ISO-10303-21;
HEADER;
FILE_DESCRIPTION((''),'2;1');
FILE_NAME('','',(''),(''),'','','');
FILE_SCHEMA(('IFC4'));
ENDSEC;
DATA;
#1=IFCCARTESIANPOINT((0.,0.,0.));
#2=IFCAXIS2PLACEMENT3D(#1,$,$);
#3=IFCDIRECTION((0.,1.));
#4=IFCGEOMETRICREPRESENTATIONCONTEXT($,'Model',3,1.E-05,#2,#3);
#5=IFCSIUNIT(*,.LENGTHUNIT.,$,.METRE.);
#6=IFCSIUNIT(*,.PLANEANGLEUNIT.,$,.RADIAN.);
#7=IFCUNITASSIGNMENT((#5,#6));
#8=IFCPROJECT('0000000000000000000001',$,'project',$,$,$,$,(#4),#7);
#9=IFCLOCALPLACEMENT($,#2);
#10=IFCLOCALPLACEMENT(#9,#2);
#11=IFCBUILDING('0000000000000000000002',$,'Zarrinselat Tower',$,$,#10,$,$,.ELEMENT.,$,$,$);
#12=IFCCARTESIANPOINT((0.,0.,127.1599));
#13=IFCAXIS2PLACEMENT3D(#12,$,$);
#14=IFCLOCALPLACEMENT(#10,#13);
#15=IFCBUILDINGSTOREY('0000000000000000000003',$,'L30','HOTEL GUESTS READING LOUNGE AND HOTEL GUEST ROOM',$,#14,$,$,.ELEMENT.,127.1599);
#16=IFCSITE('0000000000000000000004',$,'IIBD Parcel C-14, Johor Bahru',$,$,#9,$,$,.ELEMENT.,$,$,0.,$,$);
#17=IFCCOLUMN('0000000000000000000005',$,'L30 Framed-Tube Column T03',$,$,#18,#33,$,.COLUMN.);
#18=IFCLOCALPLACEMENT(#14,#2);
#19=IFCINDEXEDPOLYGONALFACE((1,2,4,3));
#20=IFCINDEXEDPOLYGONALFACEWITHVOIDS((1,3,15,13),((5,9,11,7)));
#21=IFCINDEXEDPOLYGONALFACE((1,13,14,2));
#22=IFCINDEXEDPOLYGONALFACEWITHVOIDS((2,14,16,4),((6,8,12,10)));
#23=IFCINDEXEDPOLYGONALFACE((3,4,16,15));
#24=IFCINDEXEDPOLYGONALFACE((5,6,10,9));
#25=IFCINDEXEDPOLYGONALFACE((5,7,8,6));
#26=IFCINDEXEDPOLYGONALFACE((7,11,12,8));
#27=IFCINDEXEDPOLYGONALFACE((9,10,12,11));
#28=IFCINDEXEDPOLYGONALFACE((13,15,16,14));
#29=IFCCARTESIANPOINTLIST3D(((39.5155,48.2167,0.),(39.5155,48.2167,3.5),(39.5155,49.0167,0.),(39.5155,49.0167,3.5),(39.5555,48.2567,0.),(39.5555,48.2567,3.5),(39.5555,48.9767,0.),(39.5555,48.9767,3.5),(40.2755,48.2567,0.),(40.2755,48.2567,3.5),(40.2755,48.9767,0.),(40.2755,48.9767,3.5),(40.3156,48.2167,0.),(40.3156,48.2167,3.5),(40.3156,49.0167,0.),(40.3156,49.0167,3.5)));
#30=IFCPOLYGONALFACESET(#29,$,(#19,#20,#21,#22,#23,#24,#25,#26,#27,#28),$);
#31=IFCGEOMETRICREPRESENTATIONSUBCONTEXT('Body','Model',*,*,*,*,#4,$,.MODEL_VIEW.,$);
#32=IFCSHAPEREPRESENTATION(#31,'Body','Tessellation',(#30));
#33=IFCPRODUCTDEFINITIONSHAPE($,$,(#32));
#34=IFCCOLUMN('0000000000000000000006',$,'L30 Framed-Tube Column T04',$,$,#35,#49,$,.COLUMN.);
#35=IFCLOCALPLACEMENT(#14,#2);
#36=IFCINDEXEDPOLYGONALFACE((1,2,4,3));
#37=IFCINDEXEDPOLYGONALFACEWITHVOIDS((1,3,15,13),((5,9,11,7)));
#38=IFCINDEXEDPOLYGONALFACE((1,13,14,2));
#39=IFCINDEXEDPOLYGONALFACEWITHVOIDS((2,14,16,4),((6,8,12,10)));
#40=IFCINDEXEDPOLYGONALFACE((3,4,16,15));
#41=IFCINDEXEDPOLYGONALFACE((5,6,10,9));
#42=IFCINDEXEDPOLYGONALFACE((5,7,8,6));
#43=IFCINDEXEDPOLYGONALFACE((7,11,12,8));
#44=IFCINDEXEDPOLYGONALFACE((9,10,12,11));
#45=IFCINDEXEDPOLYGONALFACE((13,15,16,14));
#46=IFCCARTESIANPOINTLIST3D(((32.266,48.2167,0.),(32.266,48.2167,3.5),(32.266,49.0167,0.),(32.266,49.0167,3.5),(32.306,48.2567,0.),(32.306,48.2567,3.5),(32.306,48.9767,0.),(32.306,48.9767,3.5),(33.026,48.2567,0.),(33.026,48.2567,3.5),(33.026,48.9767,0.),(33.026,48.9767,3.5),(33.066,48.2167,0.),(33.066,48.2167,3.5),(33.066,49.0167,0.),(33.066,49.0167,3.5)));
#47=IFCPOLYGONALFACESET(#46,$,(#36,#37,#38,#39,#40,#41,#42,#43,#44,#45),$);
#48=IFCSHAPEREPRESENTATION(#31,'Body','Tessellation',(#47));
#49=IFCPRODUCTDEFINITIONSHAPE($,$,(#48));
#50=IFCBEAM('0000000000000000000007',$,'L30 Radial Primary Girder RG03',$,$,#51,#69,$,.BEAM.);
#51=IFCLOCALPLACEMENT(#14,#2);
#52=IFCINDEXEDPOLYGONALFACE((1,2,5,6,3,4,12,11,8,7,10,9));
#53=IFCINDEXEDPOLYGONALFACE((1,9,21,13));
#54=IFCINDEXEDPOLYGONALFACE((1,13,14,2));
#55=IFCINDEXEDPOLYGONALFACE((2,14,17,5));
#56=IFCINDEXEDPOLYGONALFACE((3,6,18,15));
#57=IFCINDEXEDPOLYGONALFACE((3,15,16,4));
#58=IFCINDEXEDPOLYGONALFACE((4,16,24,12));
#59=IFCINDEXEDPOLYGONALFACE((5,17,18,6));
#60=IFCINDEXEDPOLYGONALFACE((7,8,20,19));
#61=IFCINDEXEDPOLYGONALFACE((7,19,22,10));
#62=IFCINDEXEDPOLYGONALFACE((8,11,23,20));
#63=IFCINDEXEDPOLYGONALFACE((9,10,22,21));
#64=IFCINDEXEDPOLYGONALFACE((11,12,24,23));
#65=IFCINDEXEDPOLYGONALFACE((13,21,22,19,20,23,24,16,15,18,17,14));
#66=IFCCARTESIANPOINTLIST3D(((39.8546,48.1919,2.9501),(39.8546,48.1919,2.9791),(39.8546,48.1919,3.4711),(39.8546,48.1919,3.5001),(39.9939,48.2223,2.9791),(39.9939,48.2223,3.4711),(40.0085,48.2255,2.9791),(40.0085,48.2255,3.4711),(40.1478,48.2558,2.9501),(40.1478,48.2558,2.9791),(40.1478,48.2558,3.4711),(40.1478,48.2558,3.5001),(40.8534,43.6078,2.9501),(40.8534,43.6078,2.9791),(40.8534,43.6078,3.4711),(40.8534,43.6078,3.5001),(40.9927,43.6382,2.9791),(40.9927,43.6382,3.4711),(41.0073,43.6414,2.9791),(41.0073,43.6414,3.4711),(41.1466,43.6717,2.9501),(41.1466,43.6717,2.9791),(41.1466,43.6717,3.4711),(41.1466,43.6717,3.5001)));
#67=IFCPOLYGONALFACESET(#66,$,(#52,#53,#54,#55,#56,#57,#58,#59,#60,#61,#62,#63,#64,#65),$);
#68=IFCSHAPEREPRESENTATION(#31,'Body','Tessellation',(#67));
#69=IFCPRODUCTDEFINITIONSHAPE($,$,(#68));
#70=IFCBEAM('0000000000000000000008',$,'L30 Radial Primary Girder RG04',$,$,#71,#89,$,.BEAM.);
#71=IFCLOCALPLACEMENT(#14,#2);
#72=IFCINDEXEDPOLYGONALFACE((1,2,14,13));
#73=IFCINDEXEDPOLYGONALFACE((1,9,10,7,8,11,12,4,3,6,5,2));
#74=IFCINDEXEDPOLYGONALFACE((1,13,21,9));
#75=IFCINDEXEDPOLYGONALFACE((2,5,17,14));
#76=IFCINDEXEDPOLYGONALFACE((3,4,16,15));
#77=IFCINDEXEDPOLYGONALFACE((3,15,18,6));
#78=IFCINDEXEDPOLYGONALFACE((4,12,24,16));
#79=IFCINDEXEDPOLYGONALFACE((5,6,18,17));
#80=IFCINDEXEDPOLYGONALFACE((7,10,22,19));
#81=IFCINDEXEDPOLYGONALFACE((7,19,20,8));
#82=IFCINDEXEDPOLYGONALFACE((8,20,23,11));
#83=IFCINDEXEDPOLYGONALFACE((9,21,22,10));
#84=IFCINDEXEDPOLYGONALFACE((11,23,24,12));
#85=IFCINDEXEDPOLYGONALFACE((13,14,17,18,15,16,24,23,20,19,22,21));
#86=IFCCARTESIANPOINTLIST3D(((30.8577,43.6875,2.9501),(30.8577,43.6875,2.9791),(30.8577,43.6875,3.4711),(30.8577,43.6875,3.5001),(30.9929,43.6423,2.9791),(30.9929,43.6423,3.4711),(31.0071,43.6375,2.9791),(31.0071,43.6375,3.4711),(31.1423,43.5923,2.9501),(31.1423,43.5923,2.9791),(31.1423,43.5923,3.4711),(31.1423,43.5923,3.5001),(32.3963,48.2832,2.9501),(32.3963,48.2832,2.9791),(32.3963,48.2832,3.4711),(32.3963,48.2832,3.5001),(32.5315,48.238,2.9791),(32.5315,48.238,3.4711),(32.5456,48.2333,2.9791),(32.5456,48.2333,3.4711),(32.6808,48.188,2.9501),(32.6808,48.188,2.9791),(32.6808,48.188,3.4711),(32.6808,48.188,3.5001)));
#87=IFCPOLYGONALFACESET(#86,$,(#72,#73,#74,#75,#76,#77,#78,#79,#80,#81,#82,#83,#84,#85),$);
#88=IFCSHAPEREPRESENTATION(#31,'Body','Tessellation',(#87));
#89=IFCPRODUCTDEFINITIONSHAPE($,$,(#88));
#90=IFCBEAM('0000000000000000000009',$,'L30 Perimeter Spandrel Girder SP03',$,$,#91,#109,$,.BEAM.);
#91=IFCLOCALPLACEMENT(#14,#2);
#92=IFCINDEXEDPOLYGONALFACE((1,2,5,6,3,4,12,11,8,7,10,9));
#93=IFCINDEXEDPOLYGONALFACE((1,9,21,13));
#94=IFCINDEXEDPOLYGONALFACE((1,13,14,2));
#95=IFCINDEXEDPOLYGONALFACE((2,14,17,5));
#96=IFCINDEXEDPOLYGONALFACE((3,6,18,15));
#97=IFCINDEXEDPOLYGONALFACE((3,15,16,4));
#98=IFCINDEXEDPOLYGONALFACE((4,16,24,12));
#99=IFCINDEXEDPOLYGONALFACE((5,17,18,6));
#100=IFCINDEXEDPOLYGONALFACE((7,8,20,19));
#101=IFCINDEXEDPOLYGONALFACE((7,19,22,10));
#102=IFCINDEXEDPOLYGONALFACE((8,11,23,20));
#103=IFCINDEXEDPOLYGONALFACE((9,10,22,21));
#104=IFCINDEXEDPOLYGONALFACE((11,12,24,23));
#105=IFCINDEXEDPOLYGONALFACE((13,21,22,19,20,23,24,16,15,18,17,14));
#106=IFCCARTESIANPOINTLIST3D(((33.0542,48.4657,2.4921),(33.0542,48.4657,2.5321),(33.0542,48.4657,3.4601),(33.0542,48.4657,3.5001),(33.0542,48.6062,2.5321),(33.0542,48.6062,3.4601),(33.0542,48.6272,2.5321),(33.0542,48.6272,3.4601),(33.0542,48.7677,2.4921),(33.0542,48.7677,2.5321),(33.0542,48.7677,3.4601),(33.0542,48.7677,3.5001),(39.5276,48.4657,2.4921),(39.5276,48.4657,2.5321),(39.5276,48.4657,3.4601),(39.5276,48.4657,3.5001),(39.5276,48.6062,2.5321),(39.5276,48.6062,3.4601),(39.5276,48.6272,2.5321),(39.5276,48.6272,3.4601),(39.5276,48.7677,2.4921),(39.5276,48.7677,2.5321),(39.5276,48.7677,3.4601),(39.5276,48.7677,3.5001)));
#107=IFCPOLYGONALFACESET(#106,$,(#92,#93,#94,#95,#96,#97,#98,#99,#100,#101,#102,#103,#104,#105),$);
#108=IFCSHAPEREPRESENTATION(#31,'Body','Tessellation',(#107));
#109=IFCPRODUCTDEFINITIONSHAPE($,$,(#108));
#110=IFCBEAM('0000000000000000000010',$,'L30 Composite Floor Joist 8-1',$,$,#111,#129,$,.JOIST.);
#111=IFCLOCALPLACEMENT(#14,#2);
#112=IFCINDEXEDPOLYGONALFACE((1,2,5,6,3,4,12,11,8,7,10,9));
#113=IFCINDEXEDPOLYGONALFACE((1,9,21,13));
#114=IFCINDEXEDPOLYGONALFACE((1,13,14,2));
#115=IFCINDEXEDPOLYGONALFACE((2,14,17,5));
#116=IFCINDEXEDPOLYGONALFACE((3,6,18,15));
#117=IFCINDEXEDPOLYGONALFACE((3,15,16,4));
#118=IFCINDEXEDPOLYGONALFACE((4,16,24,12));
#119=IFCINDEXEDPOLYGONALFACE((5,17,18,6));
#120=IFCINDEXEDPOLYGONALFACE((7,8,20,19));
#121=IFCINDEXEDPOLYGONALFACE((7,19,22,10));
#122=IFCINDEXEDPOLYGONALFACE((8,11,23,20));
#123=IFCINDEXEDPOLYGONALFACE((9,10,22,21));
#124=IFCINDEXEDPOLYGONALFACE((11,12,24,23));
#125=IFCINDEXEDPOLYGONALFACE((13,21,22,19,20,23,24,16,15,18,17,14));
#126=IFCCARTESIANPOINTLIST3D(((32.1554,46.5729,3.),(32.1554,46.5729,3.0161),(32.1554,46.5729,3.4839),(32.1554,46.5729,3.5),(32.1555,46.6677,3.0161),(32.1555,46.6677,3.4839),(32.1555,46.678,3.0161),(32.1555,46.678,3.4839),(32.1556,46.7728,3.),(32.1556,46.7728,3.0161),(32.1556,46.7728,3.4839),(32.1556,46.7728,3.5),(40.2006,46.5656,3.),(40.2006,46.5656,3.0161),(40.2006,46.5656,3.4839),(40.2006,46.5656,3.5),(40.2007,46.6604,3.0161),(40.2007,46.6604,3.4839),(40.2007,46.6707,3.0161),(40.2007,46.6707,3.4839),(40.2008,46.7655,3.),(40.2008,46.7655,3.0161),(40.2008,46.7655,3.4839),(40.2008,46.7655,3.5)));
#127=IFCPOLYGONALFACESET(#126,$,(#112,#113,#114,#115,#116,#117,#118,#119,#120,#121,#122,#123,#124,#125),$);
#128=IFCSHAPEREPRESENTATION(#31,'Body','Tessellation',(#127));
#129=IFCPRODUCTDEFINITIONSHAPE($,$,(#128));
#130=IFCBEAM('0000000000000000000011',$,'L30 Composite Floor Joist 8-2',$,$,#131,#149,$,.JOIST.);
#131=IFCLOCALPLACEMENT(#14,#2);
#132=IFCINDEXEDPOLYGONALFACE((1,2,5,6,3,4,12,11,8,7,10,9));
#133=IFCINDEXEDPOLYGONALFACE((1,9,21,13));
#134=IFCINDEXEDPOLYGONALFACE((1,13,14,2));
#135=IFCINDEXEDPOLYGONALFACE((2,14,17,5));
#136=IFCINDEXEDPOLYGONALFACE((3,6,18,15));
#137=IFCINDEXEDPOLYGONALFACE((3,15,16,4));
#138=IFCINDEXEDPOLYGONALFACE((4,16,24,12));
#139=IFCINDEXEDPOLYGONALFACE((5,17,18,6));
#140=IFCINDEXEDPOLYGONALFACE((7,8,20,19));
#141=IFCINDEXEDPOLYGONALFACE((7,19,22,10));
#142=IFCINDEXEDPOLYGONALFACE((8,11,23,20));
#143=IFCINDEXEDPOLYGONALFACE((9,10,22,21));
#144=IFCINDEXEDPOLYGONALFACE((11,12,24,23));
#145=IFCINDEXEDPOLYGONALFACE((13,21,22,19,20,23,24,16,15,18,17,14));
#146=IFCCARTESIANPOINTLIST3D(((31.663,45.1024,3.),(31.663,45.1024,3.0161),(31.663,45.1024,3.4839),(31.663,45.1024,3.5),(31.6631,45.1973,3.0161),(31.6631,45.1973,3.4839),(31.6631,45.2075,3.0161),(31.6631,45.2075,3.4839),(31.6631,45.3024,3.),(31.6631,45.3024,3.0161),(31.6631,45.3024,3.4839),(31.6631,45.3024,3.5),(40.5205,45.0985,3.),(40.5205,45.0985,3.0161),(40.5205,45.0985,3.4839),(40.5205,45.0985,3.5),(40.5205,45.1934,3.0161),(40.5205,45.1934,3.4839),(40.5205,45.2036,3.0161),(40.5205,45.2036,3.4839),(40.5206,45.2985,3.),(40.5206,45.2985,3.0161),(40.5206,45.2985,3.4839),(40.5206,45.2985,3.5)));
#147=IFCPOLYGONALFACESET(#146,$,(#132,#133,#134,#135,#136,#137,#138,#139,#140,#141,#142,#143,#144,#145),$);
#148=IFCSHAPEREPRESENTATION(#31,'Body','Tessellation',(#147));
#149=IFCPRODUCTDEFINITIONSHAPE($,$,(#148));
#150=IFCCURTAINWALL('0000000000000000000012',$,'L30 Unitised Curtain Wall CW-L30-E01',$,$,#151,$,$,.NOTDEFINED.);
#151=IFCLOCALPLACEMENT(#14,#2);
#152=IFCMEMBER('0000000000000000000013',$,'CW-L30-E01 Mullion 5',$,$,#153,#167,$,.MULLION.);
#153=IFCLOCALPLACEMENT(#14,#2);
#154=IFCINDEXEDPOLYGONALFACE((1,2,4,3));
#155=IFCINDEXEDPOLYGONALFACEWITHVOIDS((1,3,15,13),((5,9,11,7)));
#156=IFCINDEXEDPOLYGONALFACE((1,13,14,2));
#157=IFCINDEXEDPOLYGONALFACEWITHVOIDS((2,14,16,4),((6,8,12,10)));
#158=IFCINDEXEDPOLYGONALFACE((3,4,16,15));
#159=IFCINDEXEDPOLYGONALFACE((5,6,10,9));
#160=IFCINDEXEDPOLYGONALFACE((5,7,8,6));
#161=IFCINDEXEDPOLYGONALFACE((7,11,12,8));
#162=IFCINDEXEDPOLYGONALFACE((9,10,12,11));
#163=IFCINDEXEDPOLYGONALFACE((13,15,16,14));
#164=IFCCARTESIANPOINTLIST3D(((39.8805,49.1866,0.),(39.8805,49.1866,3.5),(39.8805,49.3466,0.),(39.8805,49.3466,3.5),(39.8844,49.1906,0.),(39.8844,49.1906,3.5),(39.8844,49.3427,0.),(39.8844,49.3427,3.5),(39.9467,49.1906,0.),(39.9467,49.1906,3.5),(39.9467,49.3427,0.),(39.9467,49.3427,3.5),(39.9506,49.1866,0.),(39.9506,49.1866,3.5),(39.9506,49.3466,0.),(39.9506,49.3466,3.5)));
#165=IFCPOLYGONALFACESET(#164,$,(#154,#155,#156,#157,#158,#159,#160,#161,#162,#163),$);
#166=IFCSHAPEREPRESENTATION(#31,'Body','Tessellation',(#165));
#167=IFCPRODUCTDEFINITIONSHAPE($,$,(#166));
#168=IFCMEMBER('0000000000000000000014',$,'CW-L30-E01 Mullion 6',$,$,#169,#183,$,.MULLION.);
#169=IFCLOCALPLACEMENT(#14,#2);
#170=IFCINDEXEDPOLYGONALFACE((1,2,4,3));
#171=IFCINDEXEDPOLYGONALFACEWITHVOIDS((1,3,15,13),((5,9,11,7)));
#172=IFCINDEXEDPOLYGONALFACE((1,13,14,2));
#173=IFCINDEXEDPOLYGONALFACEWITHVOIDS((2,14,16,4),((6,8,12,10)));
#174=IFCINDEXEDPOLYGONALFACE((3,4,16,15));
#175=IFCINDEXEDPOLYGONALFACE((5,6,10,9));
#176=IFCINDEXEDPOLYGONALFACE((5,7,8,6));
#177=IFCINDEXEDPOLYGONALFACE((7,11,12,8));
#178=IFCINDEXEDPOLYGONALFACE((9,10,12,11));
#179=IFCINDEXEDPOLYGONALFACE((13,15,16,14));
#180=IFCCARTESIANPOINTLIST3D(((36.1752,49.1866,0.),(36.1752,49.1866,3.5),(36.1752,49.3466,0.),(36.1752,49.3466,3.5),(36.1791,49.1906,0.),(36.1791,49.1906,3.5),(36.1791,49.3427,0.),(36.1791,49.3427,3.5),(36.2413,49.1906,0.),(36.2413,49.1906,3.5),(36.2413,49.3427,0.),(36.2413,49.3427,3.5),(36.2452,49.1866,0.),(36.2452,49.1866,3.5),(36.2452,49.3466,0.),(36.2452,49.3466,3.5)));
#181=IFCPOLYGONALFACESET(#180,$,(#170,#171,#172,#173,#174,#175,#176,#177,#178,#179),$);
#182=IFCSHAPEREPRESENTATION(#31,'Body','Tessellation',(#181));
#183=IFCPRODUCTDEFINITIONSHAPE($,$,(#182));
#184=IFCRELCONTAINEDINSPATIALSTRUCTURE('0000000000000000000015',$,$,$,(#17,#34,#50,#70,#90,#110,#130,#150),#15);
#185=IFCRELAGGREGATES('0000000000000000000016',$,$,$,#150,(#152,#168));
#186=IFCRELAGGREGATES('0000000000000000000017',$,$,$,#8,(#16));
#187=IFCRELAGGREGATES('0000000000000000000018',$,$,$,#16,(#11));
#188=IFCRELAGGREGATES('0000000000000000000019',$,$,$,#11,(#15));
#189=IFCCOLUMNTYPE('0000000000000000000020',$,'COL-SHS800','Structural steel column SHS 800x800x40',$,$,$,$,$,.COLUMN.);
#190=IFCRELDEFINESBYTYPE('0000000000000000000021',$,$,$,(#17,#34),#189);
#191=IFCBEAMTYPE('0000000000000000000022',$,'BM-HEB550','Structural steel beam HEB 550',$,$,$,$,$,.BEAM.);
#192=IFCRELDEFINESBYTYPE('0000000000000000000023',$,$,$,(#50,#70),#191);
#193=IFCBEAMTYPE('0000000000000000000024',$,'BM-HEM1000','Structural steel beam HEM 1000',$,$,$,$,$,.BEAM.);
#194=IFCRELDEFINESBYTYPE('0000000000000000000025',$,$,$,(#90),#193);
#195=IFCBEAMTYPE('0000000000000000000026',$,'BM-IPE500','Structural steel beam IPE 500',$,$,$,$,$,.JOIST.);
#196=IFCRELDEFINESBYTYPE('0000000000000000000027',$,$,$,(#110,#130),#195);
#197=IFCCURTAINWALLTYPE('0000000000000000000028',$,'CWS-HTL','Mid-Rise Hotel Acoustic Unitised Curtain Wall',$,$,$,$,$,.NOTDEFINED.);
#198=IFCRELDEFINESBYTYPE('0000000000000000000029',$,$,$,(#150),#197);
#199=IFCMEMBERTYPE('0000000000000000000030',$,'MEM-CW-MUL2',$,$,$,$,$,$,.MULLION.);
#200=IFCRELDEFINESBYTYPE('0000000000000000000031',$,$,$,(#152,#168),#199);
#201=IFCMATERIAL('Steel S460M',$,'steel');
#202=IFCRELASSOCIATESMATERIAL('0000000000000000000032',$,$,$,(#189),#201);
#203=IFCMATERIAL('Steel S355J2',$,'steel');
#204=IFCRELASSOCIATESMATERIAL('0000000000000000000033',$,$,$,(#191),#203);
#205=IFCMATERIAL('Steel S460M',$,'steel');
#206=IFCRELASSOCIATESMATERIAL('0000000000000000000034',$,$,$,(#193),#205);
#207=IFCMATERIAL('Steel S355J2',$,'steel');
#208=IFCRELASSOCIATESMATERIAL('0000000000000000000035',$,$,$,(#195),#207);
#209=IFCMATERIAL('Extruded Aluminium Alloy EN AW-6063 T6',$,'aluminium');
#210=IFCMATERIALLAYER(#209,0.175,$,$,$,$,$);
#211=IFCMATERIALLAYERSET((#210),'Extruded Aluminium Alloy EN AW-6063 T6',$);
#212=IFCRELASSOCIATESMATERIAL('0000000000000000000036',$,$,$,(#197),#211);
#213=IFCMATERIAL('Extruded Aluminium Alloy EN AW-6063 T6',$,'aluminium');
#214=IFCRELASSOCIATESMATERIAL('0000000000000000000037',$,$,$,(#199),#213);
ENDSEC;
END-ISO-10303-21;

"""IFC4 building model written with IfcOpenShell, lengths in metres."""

from ifc_helpers import new_model, si_unit, direction, frame, origin, origin_2d, place, context, subcontext, project, spatial, hollow_rectangle, i_section, extrude, material, layer, layer_set, material_profile, profile_set, type_object, element, aggregate, save


model = new_model("IFC4")

# Units and contexts
model_context = context("Model", 3, precision=1e-05, world=origin(), true_north=direction((0.0, 1.0)))
body_context = subcontext(model_context, "Body", "Model", "MODEL_VIEW")
ifc_project = project(units=[si_unit("LENGTHUNIT", "METRE"), si_unit("PLANEANGLEUNIT", "RADIAN")], contexts=[model_context])

# Site, building, storey
site_placement = place(None, origin())
site = spatial("IfcSite", under=ifc_project, at=site_placement, Name="IIBD Parcel C-14, Johor Bahru", CompositionType="ELEMENT", RefElevation=0.0)
building_placement = place(site_placement, origin())
building = spatial("IfcBuilding", under=site, at=building_placement, Name="Zarrinselat Tower", CompositionType="ELEMENT")
storey_placement = place(building_placement, frame((0.0, 0.0, 127.1599)))
storey = spatial("IfcBuildingStorey", under=building, at=storey_placement, Name="L30", Description="HOTEL GUESTS READING LOUNGE AND HOTEL GUEST ROOM", CompositionType="ELEMENT", Elevation=127.1599)

# Columns
ifc_material_1 = material(Name="Steel S460M", Category="steel")
ifc_material_profile_1 = material_profile(ifc_material_1, hollow_rectangle(XDim=0.8, YDim=0.8, WallThickness=0.04, at=origin_2d()), Name="SHS 800x800x40")
ifc_profile_set_1 = profile_set([ifc_material_profile_1], Name="Steel S460M")
column_type = type_object("IfcColumnType", Name="COL-SHS800", Description="Structural steel column SHS 800x800x40", PredefinedType="COLUMN", material=ifc_profile_set_1)
for number, where, z_axis, x_axis, name in (
    (1, (39.9155, 48.6167, 0.0), (0.0, 0.0, 1.0), (1.0, 0.0, 0.0), "L30 Framed-Tube Column T03"),
    (2, (32.666, 48.6167, 0.0), (0.0, 0.0, 1.0), (1.0, 0.0, 0.0), "L30 Framed-Tube Column T04"),
):
    element("IfcColumn", number, at=place(storey_placement, frame(where, z_axis=z_axis, x_axis=x_axis)), inside=storey, type_object=column_type, Name=name, PredefinedType="COLUMN", context=body_context, shape_type="SweptSolid", body=[
        extrude(hollow_rectangle(XDim=0.8, YDim=0.8, WallThickness=0.04, at=origin_2d()), origin(), (0.0, 0.0, 1.0), 3.5),
    ])

# Beams
ifc_material_2 = material(Name="Steel S355J2", Category="steel")
ifc_material_profile_2 = material_profile(ifc_material_2, i_section(OverallWidth=0.3, OverallDepth=0.55, WebThickness=0.0149, FlangeThickness=0.0291, at=origin_2d()), Name="HEB 550")
ifc_profile_set_2 = profile_set([ifc_material_profile_2], Name="Steel S355J2")
beam_type_1 = type_object("IfcBeamType", Name="BM-HEB550", Description="Structural steel beam HEB 550", PredefinedType="BEAM", material=ifc_profile_set_2)
beam_1_placement = place(storey_placement, frame((40.0012, 48.2239, 3.2251), z_axis=(0.21289, -0.977076, 0.0), x_axis=(0.977076, 0.21289, 0.0)))
element("IfcBeam", 3, at=beam_1_placement, inside=storey, type_object=beam_type_1, Name="L30 Radial Primary Girder RG03", PredefinedType="BEAM", context=body_context, shape_type="SweptSolid", body=[
    extrude(i_section(OverallWidth=0.3, OverallDepth=0.55, WebThickness=0.0149, FlangeThickness=0.0291, at=origin_2d()), origin(), (0.0, 0.0, 1.0), 4.6917),
])
beam_2_placement = place(storey_placement, frame((31.0, 43.6399, 3.2251), z_axis=(0.317467, 0.948269, 0.0), x_axis=(-0.948269, 0.317467, 0.0)))
element("IfcBeam", 4, at=beam_2_placement, inside=storey, type_object=beam_type_1, Name="L30 Radial Primary Girder RG04", PredefinedType="BEAM", context=body_context, shape_type="SweptSolid", body=[
    extrude(i_section(OverallWidth=0.3, OverallDepth=0.55, WebThickness=0.0149, FlangeThickness=0.0291, at=origin_2d()), origin(), (0.0, 0.0, 1.0), 4.8464),
])
ifc_material_3 = material(Name="Steel S460M", Category="steel")
ifc_material_profile_3 = material_profile(ifc_material_3, i_section(OverallWidth=0.302, OverallDepth=1.0081, WebThickness=0.021, FlangeThickness=0.04, at=origin_2d()), Name="HEM 1000")
ifc_profile_set_3 = profile_set([ifc_material_profile_3], Name="Steel S460M")
beam_type_2 = type_object("IfcBeamType", Name="BM-HEM1000", Description="Structural steel beam HEM 1000", PredefinedType="BEAM", material=ifc_profile_set_3)
beam_3_placement = place(storey_placement, frame((33.0542, 48.6167, 2.9961), z_axis=(1.0, 0.0, 0.0), x_axis=(0.0, 1.0, 0.0)))
element("IfcBeam", 5, at=beam_3_placement, inside=storey, type_object=beam_type_2, Name="L30 Perimeter Spandrel Girder SP03", PredefinedType="BEAM", context=body_context, shape_type="SweptSolid", body=[
    extrude(i_section(OverallWidth=0.302, OverallDepth=1.0081, WebThickness=0.021, FlangeThickness=0.04, at=origin_2d()), origin(), (0.0, 0.0, 1.0), 6.4734),
])
ifc_material_4 = material(Name="Steel S355J2", Category="steel")
ifc_material_profile_4 = material_profile(ifc_material_4, i_section(OverallWidth=0.2, OverallDepth=0.5, WebThickness=0.0103, FlangeThickness=0.0161, at=origin_2d()), Name="IPE 500")
ifc_profile_set_4 = profile_set([ifc_material_profile_4], Name="Steel S355J2")
beam_type_3 = type_object("IfcBeamType", Name="BM-IPE500", Description="Structural steel beam IPE 500", PredefinedType="JOIST", material=ifc_profile_set_4)
beam_4_placement = place(storey_placement, frame((32.1555, 46.6729, 3.25), z_axis=(1.0, -0.00091, 0.0), x_axis=(0.00091, 1.0, 0.0)))
element("IfcBeam", 6, at=beam_4_placement, inside=storey, type_object=beam_type_3, Name="L30 Composite Floor Joist 8-1", PredefinedType="JOIST", context=body_context, shape_type="SweptSolid", body=[
    extrude(i_section(OverallWidth=0.2, OverallDepth=0.5, WebThickness=0.0103, FlangeThickness=0.0161, at=origin_2d()), origin(), (0.0, 0.0, 1.0), 8.0452),
])
beam_5_placement = place(storey_placement, frame((31.6631, 45.2024, 3.25), z_axis=(1.0, -0.000441, 0.0), x_axis=(0.000441, 1.0, 0.0)))
element("IfcBeam", 7, at=beam_5_placement, inside=storey, type_object=beam_type_3, Name="L30 Composite Floor Joist 8-2", PredefinedType="JOIST", context=body_context, shape_type="SweptSolid", body=[
    extrude(i_section(OverallWidth=0.2, OverallDepth=0.5, WebThickness=0.0103, FlangeThickness=0.0161, at=origin_2d()), origin(), (0.0, 0.0, 1.0), 8.8574),
])

# Curtain wall, members
ifc_material_5 = material(Name="Extruded Aluminium Alloy EN AW-6063 T6", Category="aluminium")
ifc_layer_1 = layer(ifc_material_5, 0.175)
ifc_layer_set_1 = layer_set([ifc_layer_1], Name="Extruded Aluminium Alloy EN AW-6063 T6")
curtain_wall_type = type_object("IfcCurtainWallType", Name="CWS-HTL", Description="Mid-Rise Hotel Acoustic Unitised Curtain Wall", PredefinedType="NOTDEFINED", material=ifc_layer_set_1)
curtain_wall_placement = place(storey_placement, origin())
curtain_wall = element("IfcCurtainWall", 8, at=curtain_wall_placement, inside=storey, type_object=curtain_wall_type, Name="L30 Unitised Curtain Wall CW-L30-E01", PredefinedType="NOTDEFINED")
ifc_material_6 = material(Name="Extruded Aluminium Alloy EN AW-6063 T6", Category="aluminium")
ifc_material_profile_5 = material_profile(ifc_material_6, hollow_rectangle(XDim=0.0701, YDim=0.1599, WallThickness=0.0039, at=origin_2d()), Name="RHS 160x70x4")
ifc_profile_set_5 = profile_set([ifc_material_profile_5], Name="Extruded Aluminium Alloy EN AW-6063 T6")
member_type_1 = type_object("IfcMemberType", Name="MEM-CW-MUL2", PredefinedType="MULLION", material=ifc_profile_set_5)
member_1_placement = place(storey_placement, frame((39.9155, 49.2666, 0.0), z_axis=(0.0, 0.0, 1.0), x_axis=(-1.0, 0.0, 0.0)))
member_1 = element("IfcMember", 9, at=member_1_placement, type_object=member_type_1, Name="CW-L30-E01 Mullion 5", PredefinedType="MULLION", context=body_context, shape_type="SweptSolid", body=[
    extrude(hollow_rectangle(XDim=0.0701, YDim=0.1599, WallThickness=0.0039, at=origin_2d()), origin(), (0.0, 0.0, 1.0), 3.5),
])
member_2_placement = place(storey_placement, frame((36.2102, 49.2666, 0.0), z_axis=(0.0, 0.0, 1.0), x_axis=(-1.0, 0.0, 0.0)))
member_2 = element("IfcMember", 10, at=member_2_placement, type_object=member_type_1, Name="CW-L30-E01 Mullion 6", PredefinedType="MULLION", context=body_context, shape_type="SweptSolid", body=[
    extrude(hollow_rectangle(XDim=0.0701, YDim=0.1599, WallThickness=0.0039, at=origin_2d()), origin(), (0.0, 0.0, 1.0), 3.5),
])
aggregate(curtain_wall, [member_1, member_2])

save(model, "model.ifc")
